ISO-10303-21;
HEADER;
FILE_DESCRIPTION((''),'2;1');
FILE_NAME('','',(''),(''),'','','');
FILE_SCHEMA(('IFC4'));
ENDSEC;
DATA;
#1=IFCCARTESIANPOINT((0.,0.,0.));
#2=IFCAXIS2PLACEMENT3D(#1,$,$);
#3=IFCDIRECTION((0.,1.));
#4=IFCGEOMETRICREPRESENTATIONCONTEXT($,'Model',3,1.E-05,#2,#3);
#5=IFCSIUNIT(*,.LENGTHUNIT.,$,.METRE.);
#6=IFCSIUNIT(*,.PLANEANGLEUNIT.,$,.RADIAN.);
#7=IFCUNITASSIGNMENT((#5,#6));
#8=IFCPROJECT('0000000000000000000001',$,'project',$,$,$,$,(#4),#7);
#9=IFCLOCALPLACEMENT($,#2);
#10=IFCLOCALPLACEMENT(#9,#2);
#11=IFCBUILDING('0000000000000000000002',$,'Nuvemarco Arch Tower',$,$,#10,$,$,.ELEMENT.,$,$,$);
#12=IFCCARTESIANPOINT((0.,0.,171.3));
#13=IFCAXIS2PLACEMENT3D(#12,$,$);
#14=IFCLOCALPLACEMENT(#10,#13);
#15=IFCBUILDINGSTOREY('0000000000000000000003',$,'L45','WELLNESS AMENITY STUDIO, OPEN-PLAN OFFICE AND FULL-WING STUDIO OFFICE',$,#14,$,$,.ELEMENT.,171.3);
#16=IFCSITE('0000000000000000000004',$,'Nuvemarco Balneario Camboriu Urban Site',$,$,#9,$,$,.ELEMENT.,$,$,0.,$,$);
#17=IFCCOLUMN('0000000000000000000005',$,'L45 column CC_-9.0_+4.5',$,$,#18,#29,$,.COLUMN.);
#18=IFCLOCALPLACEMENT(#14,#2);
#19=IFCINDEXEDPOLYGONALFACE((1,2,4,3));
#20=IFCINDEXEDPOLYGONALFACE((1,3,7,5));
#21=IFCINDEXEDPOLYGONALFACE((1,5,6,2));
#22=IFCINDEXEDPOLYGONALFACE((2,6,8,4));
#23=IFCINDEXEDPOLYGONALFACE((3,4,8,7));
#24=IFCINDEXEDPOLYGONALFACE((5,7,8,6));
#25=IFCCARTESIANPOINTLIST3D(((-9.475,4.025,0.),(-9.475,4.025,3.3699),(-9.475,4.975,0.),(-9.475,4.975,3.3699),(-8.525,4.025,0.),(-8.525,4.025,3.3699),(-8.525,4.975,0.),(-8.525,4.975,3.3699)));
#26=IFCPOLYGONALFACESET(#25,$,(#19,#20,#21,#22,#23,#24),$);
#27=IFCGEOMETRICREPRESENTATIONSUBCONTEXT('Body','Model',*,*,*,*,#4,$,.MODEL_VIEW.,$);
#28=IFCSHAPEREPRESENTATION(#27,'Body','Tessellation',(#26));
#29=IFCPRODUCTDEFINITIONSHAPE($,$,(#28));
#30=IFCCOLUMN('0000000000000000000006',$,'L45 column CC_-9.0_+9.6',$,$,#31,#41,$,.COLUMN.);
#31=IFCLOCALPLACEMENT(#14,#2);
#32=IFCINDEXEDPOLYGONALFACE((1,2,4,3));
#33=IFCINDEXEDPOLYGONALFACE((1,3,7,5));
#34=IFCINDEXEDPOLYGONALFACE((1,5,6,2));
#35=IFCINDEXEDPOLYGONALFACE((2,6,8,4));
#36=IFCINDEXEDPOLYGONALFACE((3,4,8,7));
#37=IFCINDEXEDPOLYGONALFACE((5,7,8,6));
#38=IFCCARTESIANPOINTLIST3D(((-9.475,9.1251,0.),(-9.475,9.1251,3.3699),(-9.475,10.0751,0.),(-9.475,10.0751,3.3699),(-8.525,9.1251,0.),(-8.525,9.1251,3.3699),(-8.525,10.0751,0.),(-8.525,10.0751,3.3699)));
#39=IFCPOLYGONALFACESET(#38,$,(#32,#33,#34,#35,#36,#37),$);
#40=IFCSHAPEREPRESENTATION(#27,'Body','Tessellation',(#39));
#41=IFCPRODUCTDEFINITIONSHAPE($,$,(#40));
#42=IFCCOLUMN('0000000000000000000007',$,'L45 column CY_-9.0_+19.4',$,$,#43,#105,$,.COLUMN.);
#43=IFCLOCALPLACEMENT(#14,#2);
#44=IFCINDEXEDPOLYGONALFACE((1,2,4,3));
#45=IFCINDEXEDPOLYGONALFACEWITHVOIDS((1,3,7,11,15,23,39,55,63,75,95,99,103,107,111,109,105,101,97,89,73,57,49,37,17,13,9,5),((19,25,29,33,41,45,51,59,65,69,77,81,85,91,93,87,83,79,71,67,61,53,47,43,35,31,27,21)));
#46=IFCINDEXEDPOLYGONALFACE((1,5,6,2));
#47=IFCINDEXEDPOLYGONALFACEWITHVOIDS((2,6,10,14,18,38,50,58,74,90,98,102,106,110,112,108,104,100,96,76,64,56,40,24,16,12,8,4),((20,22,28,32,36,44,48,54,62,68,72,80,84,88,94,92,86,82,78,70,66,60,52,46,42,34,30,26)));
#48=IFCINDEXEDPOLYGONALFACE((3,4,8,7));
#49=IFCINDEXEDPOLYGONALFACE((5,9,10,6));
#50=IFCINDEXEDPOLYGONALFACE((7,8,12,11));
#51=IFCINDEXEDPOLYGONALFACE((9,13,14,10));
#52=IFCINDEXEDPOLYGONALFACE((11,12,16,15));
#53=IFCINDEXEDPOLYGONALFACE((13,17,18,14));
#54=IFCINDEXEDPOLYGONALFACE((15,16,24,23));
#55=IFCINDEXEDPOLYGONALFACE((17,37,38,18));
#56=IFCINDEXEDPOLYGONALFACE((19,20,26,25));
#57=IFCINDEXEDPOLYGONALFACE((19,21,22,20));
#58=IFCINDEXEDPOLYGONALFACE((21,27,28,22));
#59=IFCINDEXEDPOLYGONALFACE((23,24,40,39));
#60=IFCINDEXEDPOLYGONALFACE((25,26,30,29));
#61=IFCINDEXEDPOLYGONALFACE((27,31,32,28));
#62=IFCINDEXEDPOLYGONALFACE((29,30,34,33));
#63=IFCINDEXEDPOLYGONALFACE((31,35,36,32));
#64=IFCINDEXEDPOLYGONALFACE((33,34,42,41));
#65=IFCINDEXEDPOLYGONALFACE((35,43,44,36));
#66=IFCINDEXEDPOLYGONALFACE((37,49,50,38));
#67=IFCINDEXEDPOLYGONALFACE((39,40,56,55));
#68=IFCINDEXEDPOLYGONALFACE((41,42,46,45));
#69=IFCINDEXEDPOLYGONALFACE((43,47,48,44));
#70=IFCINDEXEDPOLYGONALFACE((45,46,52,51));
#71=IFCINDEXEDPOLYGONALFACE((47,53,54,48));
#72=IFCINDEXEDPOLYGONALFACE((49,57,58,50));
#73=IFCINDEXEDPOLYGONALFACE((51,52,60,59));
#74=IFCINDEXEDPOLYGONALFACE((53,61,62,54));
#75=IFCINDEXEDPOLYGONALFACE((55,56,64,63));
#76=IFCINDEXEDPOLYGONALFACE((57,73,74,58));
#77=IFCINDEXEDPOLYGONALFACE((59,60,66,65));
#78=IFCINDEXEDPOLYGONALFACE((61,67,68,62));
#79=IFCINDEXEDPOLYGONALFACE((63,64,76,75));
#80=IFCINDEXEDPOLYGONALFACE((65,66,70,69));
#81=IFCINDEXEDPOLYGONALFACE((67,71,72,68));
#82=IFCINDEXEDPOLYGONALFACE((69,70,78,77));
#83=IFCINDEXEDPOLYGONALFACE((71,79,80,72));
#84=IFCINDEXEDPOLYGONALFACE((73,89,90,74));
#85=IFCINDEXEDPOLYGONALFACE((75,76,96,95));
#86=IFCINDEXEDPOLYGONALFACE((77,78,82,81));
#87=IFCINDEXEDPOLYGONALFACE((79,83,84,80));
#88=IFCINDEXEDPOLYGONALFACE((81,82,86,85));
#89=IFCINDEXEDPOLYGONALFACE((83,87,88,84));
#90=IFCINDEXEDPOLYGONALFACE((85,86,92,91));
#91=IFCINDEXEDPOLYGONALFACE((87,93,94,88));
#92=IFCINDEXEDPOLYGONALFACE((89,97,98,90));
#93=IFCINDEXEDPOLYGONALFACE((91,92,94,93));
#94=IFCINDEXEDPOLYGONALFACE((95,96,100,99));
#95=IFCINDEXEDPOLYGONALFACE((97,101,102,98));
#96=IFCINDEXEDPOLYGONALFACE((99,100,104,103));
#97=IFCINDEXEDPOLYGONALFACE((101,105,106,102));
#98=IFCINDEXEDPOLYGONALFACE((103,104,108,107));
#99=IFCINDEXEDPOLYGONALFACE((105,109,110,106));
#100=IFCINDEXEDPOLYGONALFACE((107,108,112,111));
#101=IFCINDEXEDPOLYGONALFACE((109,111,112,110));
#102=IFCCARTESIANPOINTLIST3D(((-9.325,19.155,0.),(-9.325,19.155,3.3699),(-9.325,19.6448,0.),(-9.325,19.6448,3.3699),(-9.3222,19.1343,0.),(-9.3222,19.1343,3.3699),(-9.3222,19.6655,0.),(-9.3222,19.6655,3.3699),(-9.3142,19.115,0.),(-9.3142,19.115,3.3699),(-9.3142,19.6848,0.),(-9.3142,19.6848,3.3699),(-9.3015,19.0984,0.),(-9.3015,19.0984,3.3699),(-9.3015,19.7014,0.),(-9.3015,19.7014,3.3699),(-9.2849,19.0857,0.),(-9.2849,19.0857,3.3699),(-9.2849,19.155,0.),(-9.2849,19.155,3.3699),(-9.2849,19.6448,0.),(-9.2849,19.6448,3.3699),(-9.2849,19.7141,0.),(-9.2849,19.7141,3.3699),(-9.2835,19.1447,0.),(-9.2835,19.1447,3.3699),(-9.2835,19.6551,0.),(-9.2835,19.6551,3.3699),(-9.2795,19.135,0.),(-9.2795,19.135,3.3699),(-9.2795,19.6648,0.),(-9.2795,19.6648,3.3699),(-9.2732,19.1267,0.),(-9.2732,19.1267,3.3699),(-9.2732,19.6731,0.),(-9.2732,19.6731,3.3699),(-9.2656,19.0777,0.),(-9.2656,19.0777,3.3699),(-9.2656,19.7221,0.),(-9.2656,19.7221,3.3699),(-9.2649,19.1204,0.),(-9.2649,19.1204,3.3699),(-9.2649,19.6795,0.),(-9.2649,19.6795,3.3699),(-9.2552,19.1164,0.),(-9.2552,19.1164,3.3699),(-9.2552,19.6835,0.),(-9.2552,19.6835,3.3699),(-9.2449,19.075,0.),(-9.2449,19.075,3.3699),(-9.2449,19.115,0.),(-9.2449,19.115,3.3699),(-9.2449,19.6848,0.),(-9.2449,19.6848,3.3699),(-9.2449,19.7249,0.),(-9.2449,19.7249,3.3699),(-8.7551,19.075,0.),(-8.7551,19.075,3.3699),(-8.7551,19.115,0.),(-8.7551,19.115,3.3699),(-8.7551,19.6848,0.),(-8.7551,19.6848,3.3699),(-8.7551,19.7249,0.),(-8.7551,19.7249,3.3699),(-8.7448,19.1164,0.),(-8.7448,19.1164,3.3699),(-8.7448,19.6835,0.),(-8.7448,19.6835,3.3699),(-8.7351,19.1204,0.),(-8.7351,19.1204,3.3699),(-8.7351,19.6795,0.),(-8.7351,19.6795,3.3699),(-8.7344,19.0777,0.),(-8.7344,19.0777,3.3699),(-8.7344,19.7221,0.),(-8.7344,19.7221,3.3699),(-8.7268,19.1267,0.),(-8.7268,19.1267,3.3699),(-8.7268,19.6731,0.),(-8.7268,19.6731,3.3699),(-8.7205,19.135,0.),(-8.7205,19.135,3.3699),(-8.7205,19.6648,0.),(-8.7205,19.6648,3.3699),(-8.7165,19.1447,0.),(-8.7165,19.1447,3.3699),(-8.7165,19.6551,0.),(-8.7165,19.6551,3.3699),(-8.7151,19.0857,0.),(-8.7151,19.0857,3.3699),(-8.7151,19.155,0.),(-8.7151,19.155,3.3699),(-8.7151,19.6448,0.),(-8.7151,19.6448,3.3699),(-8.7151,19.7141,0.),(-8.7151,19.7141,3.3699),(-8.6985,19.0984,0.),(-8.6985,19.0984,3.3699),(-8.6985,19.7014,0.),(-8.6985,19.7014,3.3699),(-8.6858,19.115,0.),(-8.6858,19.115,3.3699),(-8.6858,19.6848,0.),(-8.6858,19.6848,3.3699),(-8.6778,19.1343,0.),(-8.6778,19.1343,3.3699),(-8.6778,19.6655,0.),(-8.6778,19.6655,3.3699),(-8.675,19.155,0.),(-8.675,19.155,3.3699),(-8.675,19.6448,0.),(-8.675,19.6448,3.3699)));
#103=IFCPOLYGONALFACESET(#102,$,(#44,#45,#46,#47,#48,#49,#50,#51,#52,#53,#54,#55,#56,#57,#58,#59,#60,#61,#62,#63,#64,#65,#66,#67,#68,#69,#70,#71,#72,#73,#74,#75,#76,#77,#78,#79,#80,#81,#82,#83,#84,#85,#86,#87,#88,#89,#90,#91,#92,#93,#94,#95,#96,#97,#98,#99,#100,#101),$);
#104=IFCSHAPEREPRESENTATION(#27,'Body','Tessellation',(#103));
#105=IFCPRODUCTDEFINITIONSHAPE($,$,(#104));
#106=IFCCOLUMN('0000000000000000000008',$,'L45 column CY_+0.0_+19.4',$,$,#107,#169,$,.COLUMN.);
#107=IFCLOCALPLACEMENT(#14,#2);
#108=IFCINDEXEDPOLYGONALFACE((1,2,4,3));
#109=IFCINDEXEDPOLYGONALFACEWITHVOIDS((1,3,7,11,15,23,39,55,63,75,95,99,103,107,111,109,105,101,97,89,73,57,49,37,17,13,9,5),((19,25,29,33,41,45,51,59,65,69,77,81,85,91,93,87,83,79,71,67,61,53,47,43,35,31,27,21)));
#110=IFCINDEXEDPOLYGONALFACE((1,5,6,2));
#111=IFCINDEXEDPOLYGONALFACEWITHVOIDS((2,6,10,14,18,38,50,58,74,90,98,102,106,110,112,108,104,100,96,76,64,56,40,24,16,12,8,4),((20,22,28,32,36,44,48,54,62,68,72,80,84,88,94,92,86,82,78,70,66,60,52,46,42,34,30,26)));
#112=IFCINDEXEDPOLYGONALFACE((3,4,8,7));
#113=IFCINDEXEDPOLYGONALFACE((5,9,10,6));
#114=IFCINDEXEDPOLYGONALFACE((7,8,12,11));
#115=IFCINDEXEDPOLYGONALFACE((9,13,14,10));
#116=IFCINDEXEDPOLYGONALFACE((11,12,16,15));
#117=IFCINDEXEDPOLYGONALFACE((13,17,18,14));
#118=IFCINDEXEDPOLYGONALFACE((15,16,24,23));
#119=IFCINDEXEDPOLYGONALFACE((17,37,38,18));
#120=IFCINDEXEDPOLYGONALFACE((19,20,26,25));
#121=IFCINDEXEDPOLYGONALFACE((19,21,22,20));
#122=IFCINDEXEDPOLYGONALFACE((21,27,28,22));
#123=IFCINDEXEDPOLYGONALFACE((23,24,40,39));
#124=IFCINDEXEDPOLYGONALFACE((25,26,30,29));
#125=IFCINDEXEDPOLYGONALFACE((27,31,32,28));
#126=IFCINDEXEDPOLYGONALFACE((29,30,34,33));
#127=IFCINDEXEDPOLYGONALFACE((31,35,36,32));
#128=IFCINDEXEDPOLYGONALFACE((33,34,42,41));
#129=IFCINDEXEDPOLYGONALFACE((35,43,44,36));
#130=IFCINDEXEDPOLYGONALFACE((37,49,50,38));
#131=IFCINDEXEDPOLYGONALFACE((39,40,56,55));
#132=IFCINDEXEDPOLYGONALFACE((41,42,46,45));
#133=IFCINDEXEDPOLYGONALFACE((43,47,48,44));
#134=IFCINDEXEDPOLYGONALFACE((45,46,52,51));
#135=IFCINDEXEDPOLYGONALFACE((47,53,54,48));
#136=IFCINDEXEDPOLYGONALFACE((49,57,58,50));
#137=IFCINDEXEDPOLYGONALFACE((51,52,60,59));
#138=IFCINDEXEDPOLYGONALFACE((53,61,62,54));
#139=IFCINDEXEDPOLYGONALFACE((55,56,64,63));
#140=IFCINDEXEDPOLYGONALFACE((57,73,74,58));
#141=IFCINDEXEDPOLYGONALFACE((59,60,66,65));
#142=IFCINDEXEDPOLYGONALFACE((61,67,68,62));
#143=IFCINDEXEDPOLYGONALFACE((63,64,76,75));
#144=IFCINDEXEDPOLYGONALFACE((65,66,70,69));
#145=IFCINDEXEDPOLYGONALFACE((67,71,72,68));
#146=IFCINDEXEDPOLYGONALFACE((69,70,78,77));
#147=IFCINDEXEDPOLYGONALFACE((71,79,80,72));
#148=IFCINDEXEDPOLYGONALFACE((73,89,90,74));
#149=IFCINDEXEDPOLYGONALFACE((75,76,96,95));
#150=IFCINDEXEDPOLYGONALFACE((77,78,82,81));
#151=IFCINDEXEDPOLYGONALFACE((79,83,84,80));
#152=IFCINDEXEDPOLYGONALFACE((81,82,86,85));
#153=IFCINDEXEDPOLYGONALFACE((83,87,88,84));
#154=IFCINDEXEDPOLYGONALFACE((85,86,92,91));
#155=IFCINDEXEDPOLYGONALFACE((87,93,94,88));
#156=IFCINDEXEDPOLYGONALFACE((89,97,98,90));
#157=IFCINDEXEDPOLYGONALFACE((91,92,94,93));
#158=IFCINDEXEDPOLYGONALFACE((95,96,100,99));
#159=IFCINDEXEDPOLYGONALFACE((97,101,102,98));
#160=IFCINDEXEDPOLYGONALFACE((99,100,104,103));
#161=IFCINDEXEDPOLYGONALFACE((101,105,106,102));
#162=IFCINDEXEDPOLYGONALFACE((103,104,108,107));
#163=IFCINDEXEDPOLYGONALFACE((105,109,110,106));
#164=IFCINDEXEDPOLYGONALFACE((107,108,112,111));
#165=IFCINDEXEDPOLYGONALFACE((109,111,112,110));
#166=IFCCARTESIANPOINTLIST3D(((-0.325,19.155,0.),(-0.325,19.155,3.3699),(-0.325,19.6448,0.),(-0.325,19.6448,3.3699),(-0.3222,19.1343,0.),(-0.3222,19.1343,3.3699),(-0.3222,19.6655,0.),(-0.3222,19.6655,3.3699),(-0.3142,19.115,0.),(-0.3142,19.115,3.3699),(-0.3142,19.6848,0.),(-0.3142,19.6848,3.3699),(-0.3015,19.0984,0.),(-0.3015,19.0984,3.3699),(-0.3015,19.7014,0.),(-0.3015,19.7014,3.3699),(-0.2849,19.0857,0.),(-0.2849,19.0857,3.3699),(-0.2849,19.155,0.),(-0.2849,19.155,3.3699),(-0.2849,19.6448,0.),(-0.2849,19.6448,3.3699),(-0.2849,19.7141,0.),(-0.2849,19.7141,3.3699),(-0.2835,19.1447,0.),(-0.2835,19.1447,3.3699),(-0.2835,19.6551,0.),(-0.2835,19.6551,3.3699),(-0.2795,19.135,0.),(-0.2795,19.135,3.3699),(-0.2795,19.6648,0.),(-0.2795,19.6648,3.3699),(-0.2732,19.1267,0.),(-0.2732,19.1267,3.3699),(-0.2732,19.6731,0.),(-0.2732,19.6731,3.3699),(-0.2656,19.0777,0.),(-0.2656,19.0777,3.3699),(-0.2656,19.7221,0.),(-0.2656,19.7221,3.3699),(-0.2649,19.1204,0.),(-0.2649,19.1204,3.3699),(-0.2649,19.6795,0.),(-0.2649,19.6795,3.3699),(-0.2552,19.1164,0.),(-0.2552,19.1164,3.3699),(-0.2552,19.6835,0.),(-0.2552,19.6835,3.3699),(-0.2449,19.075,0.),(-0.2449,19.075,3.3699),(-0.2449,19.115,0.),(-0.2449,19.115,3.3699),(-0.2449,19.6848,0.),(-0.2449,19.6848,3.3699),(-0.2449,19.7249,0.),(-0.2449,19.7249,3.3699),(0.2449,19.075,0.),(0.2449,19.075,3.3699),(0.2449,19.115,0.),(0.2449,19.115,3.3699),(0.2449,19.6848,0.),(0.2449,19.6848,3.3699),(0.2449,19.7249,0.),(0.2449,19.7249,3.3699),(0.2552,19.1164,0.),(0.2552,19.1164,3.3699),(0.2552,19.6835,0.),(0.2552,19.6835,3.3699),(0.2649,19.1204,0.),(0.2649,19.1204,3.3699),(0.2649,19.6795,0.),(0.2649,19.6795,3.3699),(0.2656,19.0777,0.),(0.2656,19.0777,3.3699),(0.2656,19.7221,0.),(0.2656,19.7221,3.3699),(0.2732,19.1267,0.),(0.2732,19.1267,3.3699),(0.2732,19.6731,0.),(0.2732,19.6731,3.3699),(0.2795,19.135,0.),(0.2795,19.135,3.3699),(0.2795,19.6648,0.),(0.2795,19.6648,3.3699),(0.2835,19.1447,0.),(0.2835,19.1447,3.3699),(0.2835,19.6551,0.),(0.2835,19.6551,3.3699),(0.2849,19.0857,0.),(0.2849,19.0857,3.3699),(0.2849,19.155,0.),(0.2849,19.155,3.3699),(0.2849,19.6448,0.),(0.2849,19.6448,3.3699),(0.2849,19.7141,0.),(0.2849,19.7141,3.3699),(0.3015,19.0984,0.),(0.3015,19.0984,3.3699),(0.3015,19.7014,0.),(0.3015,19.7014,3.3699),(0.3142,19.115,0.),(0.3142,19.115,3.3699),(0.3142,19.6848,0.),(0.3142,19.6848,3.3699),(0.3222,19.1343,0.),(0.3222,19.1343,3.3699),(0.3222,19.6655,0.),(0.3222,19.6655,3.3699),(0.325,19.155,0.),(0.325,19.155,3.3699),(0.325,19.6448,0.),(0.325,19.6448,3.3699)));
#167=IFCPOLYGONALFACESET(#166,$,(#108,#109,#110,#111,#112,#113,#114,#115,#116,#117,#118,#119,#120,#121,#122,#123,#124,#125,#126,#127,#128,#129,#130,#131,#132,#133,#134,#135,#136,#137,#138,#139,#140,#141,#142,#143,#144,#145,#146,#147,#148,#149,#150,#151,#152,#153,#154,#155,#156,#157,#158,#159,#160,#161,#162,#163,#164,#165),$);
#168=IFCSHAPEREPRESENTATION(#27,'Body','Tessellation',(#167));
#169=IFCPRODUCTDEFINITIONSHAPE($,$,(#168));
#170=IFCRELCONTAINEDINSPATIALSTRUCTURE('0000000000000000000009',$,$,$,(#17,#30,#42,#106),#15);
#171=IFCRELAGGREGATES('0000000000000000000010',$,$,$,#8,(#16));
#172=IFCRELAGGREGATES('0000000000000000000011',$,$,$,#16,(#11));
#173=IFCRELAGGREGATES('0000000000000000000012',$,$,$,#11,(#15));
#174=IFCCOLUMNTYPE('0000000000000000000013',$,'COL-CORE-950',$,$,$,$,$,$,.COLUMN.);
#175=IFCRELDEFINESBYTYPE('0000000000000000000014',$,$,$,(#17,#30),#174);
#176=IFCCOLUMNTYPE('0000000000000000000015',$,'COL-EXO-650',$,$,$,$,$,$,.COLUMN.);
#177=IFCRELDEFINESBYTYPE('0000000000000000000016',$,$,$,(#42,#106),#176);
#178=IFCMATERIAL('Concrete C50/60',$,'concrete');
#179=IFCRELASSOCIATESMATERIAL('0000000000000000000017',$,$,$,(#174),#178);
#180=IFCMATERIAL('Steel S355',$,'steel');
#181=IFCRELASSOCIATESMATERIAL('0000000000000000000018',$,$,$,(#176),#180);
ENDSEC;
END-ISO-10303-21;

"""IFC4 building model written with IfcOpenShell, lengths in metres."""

from ifc_helpers import new_model, si_unit, direction, frame, origin, origin_2d, place, context, subcontext, project, spatial, rectangle, hollow_rectangle, extrude, material, material_profile, profile_set, type_object, element, save


model = new_model("IFC4")

# Units and contexts
model_context = context("Model", 3, precision=1e-05, world=origin(), true_north=direction((0.0, 1.0)))
body_context = subcontext(model_context, "Body", "Model", "MODEL_VIEW")
ifc_project = project(units=[si_unit("LENGTHUNIT", "METRE"), si_unit("PLANEANGLEUNIT", "RADIAN")], contexts=[model_context])

# Site, building, storey
site_placement = place(None, origin())
site = spatial("IfcSite", under=ifc_project, at=site_placement, Name="Nuvemarco Balneario Camboriu Urban Site", CompositionType="ELEMENT", RefElevation=0.0)
building_placement = place(site_placement, origin())
building = spatial("IfcBuilding", under=site, at=building_placement, Name="Nuvemarco Arch Tower", CompositionType="ELEMENT")
storey_placement = place(building_placement, frame((0.0, 0.0, 171.3)))
storey = spatial("IfcBuildingStorey", under=building, at=storey_placement, Name="L45", Description="WELLNESS AMENITY STUDIO, OPEN-PLAN OFFICE AND FULL-WING STUDIO OFFICE", CompositionType="ELEMENT", Elevation=171.3)

# Columns
ifc_material_1 = material(Name="Concrete C50/60", Category="concrete")
ifc_material_profile_1 = material_profile(ifc_material_1, rectangle(XDim=0.95, YDim=0.95, at=origin_2d()), Name="RC-COL-950x950")
ifc_profile_set_1 = profile_set([ifc_material_profile_1], Name="Concrete C50/60")
column_type_1 = type_object("IfcColumnType", Name="COL-CORE-950", PredefinedType="COLUMN", material=ifc_profile_set_1)
for number, where, z_axis, x_axis, name in (
    (1, (-9.0, 4.5, 0.0), (0.0, 0.0, 1.0), (1.0, 0.0, 0.0), "L45 column CC_-9.0_+4.5"),
    (2, (-9.0, 9.6001, 0.0), (0.0, 0.0, 1.0), (1.0, 0.0, 0.0), "L45 column CC_-9.0_+9.6"),
):
    element("IfcColumn", number, at=place(storey_placement, frame(where, z_axis=z_axis, x_axis=x_axis)), inside=storey, type_object=column_type_1, Name=name, PredefinedType="COLUMN", context=body_context, shape_type="SweptSolid", body=[
        extrude(rectangle(XDim=0.95, YDim=0.95, at=origin_2d()), origin(), (0.0, 0.0, 1.0), 3.3699),
    ])
ifc_material_2 = material(Name="Steel S355", Category="steel")
ifc_material_profile_2 = material_profile(ifc_material_2, hollow_rectangle(XDim=0.6499, YDim=0.6499, WallThickness=0.04, InnerFilletRadius=0.04, OuterFilletRadius=0.0801, at=origin_2d()), Name="SHS650x650x40")
ifc_profile_set_2 = profile_set([ifc_material_profile_2], Name="Steel S355")
column_type_2 = type_object("IfcColumnType", Name="COL-EXO-650", PredefinedType="COLUMN", material=ifc_profile_set_2)
for number, where, z_axis, x_axis, name in (
    (3, (-9.0, 19.3999, 0.0), (0.0, 0.0, 1.0), (1.0, 0.0, 0.0), "L45 column CY_-9.0_+19.4"),
    (4, (0.0, 19.3999, 0.0), (0.0, 0.0, 1.0), (1.0, 0.0, 0.0), "L45 column CY_+0.0_+19.4"),
):
    element("IfcColumn", number, at=place(storey_placement, frame(where, z_axis=z_axis, x_axis=x_axis)), inside=storey, type_object=column_type_2, Name=name, PredefinedType="COLUMN", context=body_context, shape_type="SweptSolid", body=[
        extrude(hollow_rectangle(XDim=0.6499, YDim=0.6499, WallThickness=0.04, InnerFilletRadius=0.04, OuterFilletRadius=0.0801, at=origin_2d()), origin(), (0.0, 0.0, 1.0), 3.3699),
    ])

save(model, "model.ifc")
